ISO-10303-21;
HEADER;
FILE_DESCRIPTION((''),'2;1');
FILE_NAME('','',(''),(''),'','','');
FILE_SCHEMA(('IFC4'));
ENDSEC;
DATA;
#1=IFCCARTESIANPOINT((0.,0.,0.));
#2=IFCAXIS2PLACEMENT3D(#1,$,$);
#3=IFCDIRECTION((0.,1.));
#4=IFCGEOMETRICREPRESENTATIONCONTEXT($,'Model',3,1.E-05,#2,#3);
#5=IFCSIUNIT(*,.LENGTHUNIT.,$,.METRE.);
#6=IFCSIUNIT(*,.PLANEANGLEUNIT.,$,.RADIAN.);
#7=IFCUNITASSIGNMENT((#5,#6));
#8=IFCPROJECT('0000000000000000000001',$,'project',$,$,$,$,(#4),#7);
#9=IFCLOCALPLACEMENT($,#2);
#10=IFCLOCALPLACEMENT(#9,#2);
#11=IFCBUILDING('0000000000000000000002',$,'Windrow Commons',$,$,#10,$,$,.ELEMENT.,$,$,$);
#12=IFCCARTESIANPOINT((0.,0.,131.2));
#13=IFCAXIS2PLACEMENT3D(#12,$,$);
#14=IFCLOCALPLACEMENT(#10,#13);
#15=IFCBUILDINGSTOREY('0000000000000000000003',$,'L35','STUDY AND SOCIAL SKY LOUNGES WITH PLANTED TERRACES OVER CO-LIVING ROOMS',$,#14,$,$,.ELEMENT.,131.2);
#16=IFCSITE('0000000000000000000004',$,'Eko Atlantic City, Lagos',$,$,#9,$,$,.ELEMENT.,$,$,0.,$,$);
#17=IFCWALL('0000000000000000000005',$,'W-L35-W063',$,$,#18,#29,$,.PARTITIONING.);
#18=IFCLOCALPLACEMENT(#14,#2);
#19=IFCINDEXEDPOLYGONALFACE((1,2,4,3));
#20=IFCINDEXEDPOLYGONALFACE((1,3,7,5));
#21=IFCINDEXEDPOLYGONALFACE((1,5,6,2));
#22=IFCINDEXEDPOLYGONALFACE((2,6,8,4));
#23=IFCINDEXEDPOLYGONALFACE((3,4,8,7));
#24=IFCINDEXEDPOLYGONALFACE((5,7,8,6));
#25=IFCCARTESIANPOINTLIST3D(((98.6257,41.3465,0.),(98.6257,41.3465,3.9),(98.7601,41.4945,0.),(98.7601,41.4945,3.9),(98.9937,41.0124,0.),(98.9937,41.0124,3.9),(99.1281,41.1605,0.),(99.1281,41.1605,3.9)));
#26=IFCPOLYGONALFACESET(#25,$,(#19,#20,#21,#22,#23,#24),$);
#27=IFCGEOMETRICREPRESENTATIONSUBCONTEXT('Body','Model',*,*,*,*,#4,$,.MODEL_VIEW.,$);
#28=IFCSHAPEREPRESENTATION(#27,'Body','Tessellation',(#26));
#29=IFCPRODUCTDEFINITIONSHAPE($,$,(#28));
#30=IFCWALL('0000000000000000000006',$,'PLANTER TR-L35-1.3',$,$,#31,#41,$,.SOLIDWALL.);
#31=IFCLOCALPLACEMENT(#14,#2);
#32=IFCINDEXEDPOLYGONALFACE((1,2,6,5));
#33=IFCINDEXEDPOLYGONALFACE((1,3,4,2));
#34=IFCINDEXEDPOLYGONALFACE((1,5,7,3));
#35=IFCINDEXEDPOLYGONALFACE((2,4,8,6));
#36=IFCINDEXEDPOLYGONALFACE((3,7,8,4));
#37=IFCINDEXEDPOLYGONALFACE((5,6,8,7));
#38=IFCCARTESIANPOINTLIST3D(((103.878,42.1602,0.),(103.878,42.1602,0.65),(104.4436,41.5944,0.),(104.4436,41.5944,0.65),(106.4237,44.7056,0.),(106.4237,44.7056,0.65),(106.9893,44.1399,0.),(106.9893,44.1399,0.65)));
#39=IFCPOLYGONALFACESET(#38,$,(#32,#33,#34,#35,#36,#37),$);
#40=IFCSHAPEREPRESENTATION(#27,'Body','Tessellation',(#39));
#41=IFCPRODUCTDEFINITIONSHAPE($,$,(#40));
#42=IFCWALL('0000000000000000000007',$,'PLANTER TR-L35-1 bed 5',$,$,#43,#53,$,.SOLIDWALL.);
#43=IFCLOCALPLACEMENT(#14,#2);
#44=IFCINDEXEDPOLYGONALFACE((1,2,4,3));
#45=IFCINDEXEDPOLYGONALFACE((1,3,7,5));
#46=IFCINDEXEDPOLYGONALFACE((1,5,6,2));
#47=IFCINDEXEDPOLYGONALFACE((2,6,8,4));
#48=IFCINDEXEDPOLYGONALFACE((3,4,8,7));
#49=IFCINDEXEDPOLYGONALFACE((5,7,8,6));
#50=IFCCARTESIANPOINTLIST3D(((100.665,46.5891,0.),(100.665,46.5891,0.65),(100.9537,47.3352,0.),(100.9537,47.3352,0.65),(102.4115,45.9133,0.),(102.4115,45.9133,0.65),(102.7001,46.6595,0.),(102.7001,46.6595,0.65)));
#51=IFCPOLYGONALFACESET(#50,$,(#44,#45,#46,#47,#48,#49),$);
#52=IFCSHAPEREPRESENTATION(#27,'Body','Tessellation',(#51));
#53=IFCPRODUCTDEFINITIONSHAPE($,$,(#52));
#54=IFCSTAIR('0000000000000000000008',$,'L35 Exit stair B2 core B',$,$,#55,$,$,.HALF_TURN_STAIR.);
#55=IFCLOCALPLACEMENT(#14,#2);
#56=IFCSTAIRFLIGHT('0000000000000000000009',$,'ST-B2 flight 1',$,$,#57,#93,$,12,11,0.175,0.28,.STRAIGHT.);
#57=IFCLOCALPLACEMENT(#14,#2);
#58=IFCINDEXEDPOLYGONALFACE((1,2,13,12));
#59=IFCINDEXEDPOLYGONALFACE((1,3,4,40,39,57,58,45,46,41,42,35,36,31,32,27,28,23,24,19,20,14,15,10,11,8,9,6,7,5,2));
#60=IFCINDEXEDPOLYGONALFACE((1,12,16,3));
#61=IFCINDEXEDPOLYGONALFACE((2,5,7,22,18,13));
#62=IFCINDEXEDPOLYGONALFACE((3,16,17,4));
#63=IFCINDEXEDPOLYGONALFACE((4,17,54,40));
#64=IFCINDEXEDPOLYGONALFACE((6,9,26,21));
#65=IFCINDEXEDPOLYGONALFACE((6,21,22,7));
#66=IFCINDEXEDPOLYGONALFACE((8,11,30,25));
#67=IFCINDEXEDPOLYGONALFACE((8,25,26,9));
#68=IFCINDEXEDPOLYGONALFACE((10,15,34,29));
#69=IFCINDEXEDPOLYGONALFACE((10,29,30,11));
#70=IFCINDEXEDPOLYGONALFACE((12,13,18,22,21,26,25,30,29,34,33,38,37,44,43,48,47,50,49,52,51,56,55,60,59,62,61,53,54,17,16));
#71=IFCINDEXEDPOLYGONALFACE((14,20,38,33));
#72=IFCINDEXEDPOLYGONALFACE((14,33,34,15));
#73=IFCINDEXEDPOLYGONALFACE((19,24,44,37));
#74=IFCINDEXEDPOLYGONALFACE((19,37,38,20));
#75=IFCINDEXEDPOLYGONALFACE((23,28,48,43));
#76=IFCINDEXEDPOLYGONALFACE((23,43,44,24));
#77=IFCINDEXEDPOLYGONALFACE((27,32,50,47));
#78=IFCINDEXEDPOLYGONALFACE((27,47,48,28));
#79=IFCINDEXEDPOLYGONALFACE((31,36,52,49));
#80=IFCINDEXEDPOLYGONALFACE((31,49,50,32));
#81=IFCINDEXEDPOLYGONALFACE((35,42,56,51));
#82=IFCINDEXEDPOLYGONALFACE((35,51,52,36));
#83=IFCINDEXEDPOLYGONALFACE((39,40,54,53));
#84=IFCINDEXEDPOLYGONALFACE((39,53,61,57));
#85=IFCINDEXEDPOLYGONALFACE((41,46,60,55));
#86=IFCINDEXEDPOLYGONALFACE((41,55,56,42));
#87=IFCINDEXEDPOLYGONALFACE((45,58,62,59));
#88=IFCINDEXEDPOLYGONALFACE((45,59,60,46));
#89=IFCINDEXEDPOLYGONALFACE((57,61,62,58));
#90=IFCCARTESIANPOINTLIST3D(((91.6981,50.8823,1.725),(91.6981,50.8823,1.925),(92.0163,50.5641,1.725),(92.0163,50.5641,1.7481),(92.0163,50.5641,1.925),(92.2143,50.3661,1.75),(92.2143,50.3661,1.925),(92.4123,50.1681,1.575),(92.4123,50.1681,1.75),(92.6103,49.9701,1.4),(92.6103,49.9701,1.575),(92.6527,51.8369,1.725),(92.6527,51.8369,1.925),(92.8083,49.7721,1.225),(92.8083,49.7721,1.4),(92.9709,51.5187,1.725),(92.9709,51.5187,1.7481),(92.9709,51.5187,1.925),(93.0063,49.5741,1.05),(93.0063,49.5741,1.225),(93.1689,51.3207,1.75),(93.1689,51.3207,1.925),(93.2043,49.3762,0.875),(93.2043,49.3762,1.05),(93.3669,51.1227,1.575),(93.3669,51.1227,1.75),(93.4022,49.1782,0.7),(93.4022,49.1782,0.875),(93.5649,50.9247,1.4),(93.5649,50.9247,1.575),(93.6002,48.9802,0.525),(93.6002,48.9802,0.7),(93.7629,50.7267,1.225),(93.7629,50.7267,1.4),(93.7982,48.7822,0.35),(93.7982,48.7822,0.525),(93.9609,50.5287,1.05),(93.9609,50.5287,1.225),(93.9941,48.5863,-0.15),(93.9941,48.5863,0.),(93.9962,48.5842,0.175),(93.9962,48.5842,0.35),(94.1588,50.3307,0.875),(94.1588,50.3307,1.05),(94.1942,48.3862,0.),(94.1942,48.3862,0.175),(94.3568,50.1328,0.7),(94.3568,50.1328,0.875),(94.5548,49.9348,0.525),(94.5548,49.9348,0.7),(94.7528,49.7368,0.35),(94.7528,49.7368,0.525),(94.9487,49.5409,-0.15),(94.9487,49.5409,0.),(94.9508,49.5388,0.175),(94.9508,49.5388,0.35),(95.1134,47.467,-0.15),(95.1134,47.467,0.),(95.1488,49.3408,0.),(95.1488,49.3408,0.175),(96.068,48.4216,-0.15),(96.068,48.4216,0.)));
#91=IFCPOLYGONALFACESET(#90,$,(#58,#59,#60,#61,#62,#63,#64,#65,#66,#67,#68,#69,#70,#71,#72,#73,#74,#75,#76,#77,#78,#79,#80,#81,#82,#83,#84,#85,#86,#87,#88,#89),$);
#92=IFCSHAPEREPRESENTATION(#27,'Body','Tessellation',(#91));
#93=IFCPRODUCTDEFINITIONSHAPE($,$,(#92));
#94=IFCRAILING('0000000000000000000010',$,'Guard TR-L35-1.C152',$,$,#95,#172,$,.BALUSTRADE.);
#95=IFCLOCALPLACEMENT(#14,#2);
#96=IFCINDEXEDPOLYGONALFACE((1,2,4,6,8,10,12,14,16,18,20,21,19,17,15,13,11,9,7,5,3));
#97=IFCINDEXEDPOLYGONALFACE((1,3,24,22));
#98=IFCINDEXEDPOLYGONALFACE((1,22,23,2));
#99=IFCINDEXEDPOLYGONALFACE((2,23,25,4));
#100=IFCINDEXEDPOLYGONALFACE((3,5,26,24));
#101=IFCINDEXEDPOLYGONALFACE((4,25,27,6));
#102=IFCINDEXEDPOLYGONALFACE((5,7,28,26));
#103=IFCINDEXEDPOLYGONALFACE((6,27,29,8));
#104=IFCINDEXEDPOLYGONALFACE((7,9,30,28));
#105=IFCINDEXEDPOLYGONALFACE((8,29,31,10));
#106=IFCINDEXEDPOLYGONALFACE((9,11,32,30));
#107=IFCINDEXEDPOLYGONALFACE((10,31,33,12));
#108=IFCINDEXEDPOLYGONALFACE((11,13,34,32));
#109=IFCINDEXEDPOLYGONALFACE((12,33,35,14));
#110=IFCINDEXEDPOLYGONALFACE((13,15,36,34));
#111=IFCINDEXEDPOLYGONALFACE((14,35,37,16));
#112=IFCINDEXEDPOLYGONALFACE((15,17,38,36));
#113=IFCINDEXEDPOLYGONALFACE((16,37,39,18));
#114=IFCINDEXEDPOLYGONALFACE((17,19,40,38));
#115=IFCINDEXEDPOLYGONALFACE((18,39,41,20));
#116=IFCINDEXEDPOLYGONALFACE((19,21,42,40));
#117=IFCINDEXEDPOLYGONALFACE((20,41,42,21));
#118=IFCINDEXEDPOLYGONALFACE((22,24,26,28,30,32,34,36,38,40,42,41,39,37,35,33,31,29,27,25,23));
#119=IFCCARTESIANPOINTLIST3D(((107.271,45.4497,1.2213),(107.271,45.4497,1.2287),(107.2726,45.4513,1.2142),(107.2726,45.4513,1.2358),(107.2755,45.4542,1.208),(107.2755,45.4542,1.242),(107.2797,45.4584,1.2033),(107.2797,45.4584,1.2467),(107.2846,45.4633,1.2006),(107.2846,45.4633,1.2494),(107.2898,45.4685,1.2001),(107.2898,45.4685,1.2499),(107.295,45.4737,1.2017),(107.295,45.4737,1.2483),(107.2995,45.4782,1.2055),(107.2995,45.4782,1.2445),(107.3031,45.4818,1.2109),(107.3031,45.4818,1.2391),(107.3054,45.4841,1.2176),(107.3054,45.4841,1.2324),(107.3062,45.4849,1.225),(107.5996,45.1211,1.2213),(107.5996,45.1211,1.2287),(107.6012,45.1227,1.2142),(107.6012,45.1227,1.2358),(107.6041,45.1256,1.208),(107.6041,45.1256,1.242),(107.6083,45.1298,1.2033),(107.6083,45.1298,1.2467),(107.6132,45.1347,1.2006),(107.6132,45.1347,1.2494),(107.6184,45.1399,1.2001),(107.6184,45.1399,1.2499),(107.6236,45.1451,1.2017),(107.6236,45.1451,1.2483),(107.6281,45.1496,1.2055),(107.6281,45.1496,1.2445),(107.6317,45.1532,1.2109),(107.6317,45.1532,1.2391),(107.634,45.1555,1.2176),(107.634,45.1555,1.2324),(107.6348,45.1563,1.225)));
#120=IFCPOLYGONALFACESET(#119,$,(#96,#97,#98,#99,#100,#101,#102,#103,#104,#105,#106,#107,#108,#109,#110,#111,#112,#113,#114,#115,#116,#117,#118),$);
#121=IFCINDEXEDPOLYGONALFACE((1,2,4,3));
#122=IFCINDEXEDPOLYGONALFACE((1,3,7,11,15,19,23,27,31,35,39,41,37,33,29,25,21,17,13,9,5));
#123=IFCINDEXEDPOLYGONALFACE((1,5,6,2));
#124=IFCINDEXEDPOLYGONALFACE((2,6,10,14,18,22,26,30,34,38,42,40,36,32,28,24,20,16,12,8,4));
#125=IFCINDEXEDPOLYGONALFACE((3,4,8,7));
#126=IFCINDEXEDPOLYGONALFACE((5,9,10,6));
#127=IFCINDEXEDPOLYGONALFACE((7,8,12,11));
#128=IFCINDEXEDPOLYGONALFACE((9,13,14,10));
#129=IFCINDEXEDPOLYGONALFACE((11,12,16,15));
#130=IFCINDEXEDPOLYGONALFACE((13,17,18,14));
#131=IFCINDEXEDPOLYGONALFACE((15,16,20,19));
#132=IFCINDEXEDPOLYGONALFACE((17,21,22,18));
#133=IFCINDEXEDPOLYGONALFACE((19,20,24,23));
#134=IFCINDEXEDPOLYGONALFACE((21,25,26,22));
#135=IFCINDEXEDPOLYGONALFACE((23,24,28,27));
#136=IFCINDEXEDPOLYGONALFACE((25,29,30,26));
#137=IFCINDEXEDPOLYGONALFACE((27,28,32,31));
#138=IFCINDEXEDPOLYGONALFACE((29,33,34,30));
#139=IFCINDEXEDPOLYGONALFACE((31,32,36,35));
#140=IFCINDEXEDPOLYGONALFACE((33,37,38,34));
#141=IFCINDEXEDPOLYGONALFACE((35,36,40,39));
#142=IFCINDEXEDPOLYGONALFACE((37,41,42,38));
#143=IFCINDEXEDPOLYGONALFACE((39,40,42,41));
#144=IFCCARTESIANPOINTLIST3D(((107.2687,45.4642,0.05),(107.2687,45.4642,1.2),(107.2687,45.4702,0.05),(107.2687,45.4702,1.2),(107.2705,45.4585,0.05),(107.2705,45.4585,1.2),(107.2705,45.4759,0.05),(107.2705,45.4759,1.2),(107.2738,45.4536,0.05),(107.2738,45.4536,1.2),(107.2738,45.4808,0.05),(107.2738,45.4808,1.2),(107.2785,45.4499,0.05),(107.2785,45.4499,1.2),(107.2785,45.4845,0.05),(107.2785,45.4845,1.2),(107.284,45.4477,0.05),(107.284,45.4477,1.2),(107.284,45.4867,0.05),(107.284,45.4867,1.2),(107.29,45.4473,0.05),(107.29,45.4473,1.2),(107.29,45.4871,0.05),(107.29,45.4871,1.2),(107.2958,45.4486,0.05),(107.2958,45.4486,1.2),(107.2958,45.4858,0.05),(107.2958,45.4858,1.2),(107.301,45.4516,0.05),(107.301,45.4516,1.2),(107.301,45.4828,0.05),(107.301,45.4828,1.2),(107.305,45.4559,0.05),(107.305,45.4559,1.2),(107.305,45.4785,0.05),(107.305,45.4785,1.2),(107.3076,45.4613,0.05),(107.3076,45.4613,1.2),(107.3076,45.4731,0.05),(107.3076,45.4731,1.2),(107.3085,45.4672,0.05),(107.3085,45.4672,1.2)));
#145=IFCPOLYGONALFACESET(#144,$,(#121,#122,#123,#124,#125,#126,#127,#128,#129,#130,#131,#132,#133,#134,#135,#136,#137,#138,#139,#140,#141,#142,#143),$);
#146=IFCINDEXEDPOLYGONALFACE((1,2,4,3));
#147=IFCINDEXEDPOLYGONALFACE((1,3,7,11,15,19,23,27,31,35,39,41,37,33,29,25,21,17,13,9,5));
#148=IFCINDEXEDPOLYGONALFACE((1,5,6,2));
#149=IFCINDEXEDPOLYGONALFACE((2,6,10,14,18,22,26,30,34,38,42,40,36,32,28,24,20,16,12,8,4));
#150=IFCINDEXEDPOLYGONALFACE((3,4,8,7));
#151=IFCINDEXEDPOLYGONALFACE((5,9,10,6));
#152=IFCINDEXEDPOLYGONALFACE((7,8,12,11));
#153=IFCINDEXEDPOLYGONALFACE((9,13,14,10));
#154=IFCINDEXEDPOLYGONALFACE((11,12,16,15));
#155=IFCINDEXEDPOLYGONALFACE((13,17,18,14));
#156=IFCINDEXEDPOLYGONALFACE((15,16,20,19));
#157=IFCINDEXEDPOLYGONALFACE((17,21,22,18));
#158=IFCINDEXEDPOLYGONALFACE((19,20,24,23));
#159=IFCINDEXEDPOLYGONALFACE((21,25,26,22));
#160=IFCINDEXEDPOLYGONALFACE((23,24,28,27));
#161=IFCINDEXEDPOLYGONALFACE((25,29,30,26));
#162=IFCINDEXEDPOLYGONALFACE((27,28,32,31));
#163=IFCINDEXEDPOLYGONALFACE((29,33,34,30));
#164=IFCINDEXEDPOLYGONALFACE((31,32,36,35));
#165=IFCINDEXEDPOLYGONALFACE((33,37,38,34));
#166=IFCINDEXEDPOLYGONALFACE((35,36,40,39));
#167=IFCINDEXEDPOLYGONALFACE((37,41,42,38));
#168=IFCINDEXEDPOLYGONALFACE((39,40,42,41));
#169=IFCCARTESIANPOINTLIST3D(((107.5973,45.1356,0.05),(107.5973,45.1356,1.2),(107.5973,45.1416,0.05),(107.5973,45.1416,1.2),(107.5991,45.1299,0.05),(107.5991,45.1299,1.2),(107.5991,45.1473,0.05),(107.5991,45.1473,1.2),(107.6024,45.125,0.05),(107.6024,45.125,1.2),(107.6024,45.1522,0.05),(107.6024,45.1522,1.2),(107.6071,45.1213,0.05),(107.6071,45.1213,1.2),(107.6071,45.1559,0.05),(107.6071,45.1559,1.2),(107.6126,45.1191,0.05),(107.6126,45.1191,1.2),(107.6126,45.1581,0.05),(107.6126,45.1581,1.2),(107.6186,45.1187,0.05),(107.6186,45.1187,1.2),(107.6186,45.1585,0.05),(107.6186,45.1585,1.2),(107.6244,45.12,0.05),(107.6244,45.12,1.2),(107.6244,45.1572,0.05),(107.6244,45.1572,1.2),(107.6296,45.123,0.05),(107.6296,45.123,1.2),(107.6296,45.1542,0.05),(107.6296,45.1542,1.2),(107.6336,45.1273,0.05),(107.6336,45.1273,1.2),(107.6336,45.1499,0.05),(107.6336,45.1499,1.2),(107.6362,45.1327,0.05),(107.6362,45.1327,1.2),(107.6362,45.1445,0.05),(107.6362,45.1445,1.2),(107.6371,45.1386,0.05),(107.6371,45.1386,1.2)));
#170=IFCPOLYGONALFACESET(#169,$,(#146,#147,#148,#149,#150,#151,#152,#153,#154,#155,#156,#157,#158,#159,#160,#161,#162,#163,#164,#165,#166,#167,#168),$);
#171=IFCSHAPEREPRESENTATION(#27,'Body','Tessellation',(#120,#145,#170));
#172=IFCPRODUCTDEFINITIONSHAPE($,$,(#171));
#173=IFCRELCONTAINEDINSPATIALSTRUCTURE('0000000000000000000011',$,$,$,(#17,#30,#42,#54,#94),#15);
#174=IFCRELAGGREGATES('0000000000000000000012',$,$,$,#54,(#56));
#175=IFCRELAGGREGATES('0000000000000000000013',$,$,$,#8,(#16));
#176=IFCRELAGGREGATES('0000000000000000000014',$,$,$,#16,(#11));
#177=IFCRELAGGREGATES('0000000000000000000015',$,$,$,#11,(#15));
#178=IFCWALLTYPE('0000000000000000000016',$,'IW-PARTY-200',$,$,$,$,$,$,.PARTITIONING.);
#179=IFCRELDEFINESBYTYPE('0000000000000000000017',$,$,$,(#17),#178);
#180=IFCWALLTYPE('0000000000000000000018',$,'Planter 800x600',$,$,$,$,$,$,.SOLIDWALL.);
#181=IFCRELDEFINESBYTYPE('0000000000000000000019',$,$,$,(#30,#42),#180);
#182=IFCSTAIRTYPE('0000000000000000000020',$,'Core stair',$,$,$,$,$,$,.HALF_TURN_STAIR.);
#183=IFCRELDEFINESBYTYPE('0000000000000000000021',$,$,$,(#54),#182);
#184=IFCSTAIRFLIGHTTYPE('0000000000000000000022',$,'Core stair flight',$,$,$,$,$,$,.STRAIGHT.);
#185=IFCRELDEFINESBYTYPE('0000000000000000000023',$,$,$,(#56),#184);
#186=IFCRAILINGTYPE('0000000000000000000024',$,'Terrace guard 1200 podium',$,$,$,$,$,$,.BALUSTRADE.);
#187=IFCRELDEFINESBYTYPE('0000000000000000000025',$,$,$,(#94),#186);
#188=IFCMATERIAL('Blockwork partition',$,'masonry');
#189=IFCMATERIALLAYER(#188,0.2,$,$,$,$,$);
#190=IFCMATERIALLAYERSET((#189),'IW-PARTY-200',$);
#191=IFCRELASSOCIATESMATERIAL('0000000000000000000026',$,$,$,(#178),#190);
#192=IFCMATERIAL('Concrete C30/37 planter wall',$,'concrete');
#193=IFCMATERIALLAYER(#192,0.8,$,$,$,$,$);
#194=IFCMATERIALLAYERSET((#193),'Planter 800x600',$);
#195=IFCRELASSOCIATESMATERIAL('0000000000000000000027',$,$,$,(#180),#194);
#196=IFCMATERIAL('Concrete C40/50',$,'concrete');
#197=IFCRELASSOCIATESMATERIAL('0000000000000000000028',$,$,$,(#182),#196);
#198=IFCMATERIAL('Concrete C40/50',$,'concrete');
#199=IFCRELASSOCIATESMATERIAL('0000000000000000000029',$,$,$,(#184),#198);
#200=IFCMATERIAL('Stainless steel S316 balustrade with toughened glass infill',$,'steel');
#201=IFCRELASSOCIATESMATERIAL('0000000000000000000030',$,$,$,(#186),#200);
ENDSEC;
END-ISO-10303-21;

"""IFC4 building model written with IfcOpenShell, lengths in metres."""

from ifc_helpers import new_model, si_unit, direction, frame, frame_2d, origin, origin_2d, place, context, subcontext, project, spatial, polyline, rectangle, circle, outline, extrude, material, layer, layer_set, type_object, element, aggregate, save


model = new_model("IFC4")

# Units and contexts
model_context = context("Model", 3, precision=1e-05, world=origin(), true_north=direction((0.0, 1.0)))
body_context = subcontext(model_context, "Body", "Model", "MODEL_VIEW")
ifc_project = project(units=[si_unit("LENGTHUNIT", "METRE"), si_unit("PLANEANGLEUNIT", "RADIAN")], contexts=[model_context])

# Site, building, storey
site_placement = place(None, origin())
site = spatial("IfcSite", under=ifc_project, at=site_placement, Name="Eko Atlantic City, Lagos", CompositionType="ELEMENT", RefElevation=0.0)
building_placement = place(site_placement, origin())
building = spatial("IfcBuilding", under=site, at=building_placement, Name="Windrow Commons", CompositionType="ELEMENT")
storey_placement = place(building_placement, frame((0.0, 0.0, 131.2)))
storey = spatial("IfcBuildingStorey", under=building, at=storey_placement, Name="L35", Description="STUDY AND SOCIAL SKY LOUNGES WITH PLANTED TERRACES OVER CO-LIVING ROOMS", CompositionType="ELEMENT", Elevation=131.2)

# Shared definitions
placement = place(storey_placement, origin())

# Walls
ifc_material_1 = material(Name="Blockwork partition", Category="masonry")
ifc_layer_1 = layer(ifc_material_1, 0.2)
ifc_layer_set_1 = layer_set([ifc_layer_1], Name="IW-PARTY-200")
wall_type_1 = type_object("IfcWallType", Name="IW-PARTY-200", PredefinedType="PARTITIONING", material=ifc_layer_set_1)
for number, where, z_axis, x_axis, name in (
    (1, (98.6929, 41.4205, 0.0), (0.0, 0.0, 1.0), (0.740486, -0.672072, 0.0), "W-L35-W063"),
):
    element("IfcWall", number, at=place(storey_placement, frame(where, z_axis=z_axis, x_axis=x_axis)), inside=storey, type_object=wall_type_1, Name=name, PredefinedType="PARTITIONING", context=body_context, shape_type="SweptSolid", body=[
        extrude(rectangle(XDim=0.497, YDim=0.2, at=frame_2d((0.2485, 0.0))), origin(), (0.0, 0.0, 1.0), 3.9),
    ])
ifc_material_2 = material(Name="Concrete C30/37 planter wall", Category="concrete")
ifc_layer_2 = layer(ifc_material_2, 0.8)
ifc_layer_set_2 = layer_set([ifc_layer_2], Name="Planter 800x600")
wall_type_2 = type_object("IfcWallType", Name="Planter 800x600", PredefinedType="SOLIDWALL", material=ifc_layer_set_2)
wall_1_placement = place(storey_placement, frame((104.1608, 41.8773, 0.0), z_axis=(0.0, 0.0, 1.0), x_axis=(0.707135, 0.707079, 0.0)))
element("IfcWall", 2, at=wall_1_placement, inside=storey, type_object=wall_type_2, Name="PLANTER TR-L35-1.3", PredefinedType="SOLIDWALL", context=body_context, shape_type="SweptSolid", body=[
    extrude(rectangle(XDim=3.6, YDim=0.8, at=frame_2d((1.8, 0.0))), origin(), (0.0, 0.0, 1.0), 0.65),
])
wall_2_placement = place(storey_placement, frame((102.5558, 46.2864, 0.0), z_axis=(0.0, 0.0, 1.0), x_axis=(-0.932627, 0.360843, 0.0)))
element("IfcWall", 3, at=wall_2_placement, inside=storey, type_object=wall_type_2, Name="PLANTER TR-L35-1 bed 5", PredefinedType="SOLIDWALL", context=body_context, shape_type="SweptSolid", body=[
    extrude(rectangle(XDim=1.8726, YDim=0.8, at=frame_2d((0.9363, 0.0))), origin(), (0.0, 0.0, 1.0), 0.65),
])

# Stair, stair flight
ifc_material_3 = material(Name="Concrete C40/50", Category="concrete")
stair_type = type_object("IfcStairType", Name="Core stair", PredefinedType="HALF_TURN_STAIR", material=ifc_material_3)
stair = element("IfcStair", 4, at=placement, inside=storey, type_object=stair_type, Name="L35 Exit stair B2 core B", PredefinedType="HALF_TURN_STAIR")
ifc_material_4 = material(Name="Concrete C40/50", Category="concrete")
stair_flight_type = type_object("IfcStairFlightType", Name="Core stair flight", PredefinedType="STRAIGHT", material=ifc_material_4)
stair_flight_placement = place(storey_placement, frame((94.6715, 48.8635, 0.0), z_axis=(0.0, 0.0, 1.0), x_axis=(-0.707107, 0.707107, 0.0)))
stair_flight = element("IfcStairFlight", 5, at=stair_flight_placement, type_object=stair_flight_type, Name="ST-B2 flight 1", NumberOfRisers=12, NumberOfTreads=11, PredefinedType="STRAIGHT", RiserHeight=0.175, TreadLength=0.28, context=body_context, shape_type="SweptSolid", body=[
    extrude(outline(polyline([(-1.3, -0.15), (-1.3, 0.0), (0.0, 0.0), (0.0, 0.175), (0.28, 0.175), (0.28, 0.35), (0.56, 0.35), (0.56, 0.525), (0.84, 0.525), (0.84, 0.7), (1.12, 0.7), (1.12, 0.875), (1.4, 0.875), (1.4, 1.05), (1.68, 1.05), (1.68, 1.225), (1.96, 1.225), (1.96, 1.4), (2.24, 1.4), (2.24, 1.575), (2.52, 1.575), (2.52, 1.75), (2.8, 1.75), (2.8, 1.925), (3.08, 1.925), (3.53, 1.925), (3.53, 1.725), (3.08, 1.725), (3.08, 1.7481), (0.283, 0.0), (0.283, -0.15), (-1.3, -0.15)])), frame((0.0, 0.675, 0.0), z_axis=(0.0, -1.0, 0.0), x_axis=(1.0, 0.0, 0.0)), (0.0, 0.0, 1.0), 1.35),
])
aggregate(stair, [stair_flight])

# Railing
ifc_material_5 = material(Name="Stainless steel S316 balustrade with toughened glass infill", Category="steel")
railing_type = type_object("IfcRailingType", Name="Terrace guard 1200 podium", PredefinedType="BALUSTRADE", material=ifc_material_5)
railing_1_placement = place(storey_placement, frame((107.2885, 45.4672, 0.05)))
element("IfcRailing", 6, at=railing_1_placement, inside=storey, type_object=railing_type, Name="Guard TR-L35-1.C152", PredefinedType="BALUSTRADE", context=body_context, shape_type="SweptSolid", body=[
    extrude(circle(Radius=0.025, at=origin_2d()), frame((0.0, 0.0, 1.175), z_axis=(0.707107, -0.707107, 0.0), x_axis=(0.707107, 0.707107, 0.0)), (0.0, 0.0, 1.0), 0.4647),
    extrude(circle(Radius=0.02, at=origin_2d()), origin(), (0.0, 0.0, 1.0), 1.15),
    extrude(circle(Radius=0.02, at=origin_2d()), frame((0.3286, -0.3286, 0.0)), (0.0, 0.0, 1.0), 1.15),
])

save(model, "model.ifc")
